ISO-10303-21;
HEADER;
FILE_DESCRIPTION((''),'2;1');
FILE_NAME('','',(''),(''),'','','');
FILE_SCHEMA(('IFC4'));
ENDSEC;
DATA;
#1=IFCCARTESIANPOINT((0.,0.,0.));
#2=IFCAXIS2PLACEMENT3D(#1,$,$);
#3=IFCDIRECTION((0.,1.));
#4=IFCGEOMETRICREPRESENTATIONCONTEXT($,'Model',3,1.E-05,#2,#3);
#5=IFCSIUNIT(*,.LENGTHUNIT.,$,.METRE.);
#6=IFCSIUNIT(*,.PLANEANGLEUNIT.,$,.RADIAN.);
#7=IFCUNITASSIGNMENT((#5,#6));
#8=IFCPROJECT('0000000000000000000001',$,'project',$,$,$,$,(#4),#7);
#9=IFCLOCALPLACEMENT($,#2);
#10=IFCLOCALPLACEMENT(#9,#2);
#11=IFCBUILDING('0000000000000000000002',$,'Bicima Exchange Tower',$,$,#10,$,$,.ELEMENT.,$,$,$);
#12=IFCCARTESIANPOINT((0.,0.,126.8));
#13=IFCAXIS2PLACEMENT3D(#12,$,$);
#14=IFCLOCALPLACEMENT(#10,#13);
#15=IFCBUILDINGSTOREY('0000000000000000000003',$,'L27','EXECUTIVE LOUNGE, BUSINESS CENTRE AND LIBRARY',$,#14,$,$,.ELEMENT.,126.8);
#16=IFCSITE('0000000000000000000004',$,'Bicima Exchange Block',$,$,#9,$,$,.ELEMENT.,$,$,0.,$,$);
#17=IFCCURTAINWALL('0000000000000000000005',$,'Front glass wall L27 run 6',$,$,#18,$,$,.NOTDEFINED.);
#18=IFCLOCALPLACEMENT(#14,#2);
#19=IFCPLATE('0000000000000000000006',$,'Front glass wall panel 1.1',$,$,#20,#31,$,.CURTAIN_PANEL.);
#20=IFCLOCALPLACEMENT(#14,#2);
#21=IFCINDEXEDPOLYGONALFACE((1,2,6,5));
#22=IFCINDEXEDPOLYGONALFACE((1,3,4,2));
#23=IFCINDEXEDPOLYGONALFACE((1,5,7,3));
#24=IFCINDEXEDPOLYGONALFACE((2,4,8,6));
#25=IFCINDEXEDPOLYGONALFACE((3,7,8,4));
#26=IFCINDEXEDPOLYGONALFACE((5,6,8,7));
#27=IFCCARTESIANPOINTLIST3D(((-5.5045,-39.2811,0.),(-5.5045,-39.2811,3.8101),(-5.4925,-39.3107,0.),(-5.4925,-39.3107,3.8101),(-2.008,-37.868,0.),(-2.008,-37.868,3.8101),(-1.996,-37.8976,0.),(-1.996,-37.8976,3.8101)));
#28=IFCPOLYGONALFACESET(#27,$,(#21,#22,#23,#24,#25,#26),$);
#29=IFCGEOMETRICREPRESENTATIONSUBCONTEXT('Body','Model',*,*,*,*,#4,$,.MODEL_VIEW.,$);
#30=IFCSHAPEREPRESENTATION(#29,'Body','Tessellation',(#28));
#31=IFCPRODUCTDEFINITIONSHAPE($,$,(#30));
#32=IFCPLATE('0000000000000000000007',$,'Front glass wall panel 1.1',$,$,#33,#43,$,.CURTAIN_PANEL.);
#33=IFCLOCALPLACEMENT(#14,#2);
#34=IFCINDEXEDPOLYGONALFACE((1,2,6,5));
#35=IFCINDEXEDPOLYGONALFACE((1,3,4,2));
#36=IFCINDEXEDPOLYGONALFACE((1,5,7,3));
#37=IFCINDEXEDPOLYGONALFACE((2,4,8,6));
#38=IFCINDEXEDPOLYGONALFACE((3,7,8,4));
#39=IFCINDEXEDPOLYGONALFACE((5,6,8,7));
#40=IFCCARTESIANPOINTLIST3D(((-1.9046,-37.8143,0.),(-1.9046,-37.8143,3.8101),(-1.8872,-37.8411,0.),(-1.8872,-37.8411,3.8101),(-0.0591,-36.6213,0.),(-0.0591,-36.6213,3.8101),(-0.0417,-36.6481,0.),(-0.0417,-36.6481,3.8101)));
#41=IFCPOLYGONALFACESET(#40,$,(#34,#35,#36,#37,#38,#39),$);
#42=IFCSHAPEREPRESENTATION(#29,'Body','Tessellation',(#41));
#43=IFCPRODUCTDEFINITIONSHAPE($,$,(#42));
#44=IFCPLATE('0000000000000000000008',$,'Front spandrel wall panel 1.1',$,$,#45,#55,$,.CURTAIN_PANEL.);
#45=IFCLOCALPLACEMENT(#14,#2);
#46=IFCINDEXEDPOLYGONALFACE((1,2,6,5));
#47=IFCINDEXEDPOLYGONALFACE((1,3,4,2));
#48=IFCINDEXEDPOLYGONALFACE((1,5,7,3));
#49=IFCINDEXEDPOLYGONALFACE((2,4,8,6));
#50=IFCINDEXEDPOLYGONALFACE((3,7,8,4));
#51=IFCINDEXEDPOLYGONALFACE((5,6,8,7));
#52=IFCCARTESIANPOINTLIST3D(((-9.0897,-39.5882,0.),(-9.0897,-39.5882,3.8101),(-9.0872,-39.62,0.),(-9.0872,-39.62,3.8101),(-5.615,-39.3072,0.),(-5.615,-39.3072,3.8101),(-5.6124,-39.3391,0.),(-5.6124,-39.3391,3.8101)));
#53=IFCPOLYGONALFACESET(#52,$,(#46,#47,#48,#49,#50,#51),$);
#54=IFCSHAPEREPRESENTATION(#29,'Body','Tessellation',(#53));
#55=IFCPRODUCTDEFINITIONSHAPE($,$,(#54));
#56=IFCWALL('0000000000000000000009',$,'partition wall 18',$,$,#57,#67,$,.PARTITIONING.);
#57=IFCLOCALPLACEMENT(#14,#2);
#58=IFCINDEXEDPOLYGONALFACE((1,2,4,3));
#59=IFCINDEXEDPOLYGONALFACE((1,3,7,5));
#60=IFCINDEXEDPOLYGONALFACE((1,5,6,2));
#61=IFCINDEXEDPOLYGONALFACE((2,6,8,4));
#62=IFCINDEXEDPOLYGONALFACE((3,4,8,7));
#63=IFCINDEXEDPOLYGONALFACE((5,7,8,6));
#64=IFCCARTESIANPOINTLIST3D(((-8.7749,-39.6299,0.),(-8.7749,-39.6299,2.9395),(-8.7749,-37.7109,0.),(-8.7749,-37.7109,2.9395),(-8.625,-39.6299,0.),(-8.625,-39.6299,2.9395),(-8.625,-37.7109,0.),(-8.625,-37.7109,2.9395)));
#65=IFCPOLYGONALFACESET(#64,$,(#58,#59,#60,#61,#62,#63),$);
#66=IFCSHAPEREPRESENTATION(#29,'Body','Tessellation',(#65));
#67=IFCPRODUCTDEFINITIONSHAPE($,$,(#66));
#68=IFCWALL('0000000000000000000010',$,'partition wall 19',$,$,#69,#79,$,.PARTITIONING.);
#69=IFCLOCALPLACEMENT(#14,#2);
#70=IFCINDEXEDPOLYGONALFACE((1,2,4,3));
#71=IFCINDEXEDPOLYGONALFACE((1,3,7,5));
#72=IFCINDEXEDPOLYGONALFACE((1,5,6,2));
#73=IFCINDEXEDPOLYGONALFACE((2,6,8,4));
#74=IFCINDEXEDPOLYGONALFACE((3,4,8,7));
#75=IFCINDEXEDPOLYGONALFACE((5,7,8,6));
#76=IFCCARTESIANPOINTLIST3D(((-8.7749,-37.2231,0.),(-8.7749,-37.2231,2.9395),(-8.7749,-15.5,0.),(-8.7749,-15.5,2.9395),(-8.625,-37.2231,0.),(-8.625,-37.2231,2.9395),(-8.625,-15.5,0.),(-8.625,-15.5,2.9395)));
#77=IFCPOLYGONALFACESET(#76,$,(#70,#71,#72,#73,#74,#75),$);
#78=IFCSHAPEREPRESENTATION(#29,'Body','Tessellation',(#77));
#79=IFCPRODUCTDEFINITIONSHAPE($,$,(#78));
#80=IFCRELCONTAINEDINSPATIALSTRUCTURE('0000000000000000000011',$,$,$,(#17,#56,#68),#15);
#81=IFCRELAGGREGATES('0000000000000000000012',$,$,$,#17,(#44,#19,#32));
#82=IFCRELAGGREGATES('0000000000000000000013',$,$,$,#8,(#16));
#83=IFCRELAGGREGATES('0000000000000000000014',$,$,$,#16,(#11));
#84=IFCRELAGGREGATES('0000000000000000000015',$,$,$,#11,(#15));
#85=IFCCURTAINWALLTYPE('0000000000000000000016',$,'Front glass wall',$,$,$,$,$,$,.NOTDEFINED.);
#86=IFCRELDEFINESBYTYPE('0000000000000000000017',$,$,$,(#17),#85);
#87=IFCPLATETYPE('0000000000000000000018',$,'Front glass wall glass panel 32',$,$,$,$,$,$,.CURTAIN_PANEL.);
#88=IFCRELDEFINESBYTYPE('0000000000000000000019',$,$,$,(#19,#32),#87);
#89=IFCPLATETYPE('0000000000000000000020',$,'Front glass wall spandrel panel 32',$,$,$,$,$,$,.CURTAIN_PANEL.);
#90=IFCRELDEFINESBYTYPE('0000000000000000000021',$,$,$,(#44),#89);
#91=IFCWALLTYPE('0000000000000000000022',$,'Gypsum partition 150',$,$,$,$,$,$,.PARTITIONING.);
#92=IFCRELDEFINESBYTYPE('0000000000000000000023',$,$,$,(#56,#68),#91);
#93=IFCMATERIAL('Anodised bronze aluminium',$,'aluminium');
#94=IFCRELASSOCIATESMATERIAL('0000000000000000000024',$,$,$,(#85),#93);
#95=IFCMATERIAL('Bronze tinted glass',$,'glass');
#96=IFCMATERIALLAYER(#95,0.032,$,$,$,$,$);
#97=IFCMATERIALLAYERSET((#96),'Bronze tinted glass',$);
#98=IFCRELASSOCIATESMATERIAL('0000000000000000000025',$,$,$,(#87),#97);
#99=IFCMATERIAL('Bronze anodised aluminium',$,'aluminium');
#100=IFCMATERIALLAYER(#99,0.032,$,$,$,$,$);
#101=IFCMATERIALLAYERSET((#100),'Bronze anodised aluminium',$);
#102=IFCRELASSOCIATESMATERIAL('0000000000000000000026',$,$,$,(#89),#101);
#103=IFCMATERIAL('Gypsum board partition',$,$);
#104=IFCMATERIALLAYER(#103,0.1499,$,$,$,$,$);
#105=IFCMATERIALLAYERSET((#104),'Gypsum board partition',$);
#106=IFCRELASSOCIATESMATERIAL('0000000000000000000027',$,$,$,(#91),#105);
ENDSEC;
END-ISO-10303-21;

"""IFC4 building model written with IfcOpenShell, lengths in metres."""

from ifc_helpers import new_model, si_unit, direction, frame, frame_2d, origin, origin_2d, place, context, subcontext, project, spatial, rectangle, extrude, material, layer, layer_set, type_object, element, aggregate, save


model = new_model("IFC4")

# Units and contexts
model_context = context("Model", 3, precision=1e-05, world=origin(), true_north=direction((0.0, 1.0)))
body_context = subcontext(model_context, "Body", "Model", "MODEL_VIEW")
ifc_project = project(units=[si_unit("LENGTHUNIT", "METRE"), si_unit("PLANEANGLEUNIT", "RADIAN")], contexts=[model_context])

# Site, building, storey
site_placement = place(None, origin())
site = spatial("IfcSite", under=ifc_project, at=site_placement, Name="Bicima Exchange Block", CompositionType="ELEMENT", RefElevation=0.0)
building_placement = place(site_placement, origin())
building = spatial("IfcBuilding", under=site, at=building_placement, Name="Bicima Exchange Tower", CompositionType="ELEMENT")
storey_placement = place(building_placement, frame((0.0, 0.0, 126.8)))
storey = spatial("IfcBuildingStorey", under=building, at=storey_placement, Name="L27", Description="EXECUTIVE LOUNGE, BUSINESS CENTRE AND LIBRARY", CompositionType="ELEMENT", Elevation=126.8)

# Curtain wall
ifc_material_1 = material(Name="Anodised bronze aluminium", Category="aluminium")
curtain_wall_type = type_object("IfcCurtainWallType", Name="Front glass wall", PredefinedType="NOTDEFINED", material=ifc_material_1)
curtain_wall_placement = place(storey_placement, origin())
curtain_wall = element("IfcCurtainWall", 1, at=curtain_wall_placement, inside=storey, type_object=curtain_wall_type, Name="Front glass wall L27 run 6", PredefinedType="NOTDEFINED")

# Plates
ifc_material_2 = material(Name="Bronze tinted glass", Category="glass")
ifc_layer_1 = layer(ifc_material_2, 0.032)
ifc_layer_set_1 = layer_set([ifc_layer_1], Name="Bronze tinted glass")
plate_type_1 = type_object("IfcPlateType", Name="Front glass wall glass panel 32", PredefinedType="CURTAIN_PANEL", material=ifc_layer_set_1)
plate_1_placement = place(storey_placement, frame((-3.7502, -38.5894, 0.0), z_axis=(0.0, 0.0, 1.0), x_axis=(0.927144, 0.374705, 0.0)))
plate_1 = element("IfcPlate", 2, at=plate_1_placement, type_object=plate_type_1, Name="Front glass wall panel 1.1", PredefinedType="CURTAIN_PANEL", context=body_context, shape_type="SweptSolid", body=[
    extrude(rectangle(XDim=3.7712, YDim=0.032, at=origin_2d()), origin(), (0.0, 0.0, 1.0), 3.8101),
])
plate_2_placement = place(storey_placement, frame((-0.9731, -37.2312, 0.0), z_axis=(0.0, 0.0, 1.0), x_axis=(0.839799, 0.542897, 0.0)))
plate_2 = element("IfcPlate", 3, at=plate_2_placement, type_object=plate_type_1, Name="Front glass wall panel 1.1", PredefinedType="CURTAIN_PANEL", context=body_context, shape_type="SweptSolid", body=[
    extrude(rectangle(XDim=2.1975, YDim=0.032, at=origin_2d()), origin(), (0.0, 0.0, 1.0), 3.8101),
])
ifc_material_3 = material(Name="Bronze anodised aluminium", Category="aluminium")
ifc_layer_2 = layer(ifc_material_3, 0.032)
ifc_layer_set_2 = layer_set([ifc_layer_2], Name="Bronze anodised aluminium")
plate_type_2 = type_object("IfcPlateType", Name="Front glass wall spandrel panel 32", PredefinedType="CURTAIN_PANEL", material=ifc_layer_set_2)
plate_3_placement = place(storey_placement, frame((-7.3511, -39.4636, 0.0), z_axis=(0.0, 0.0, 1.0), x_axis=(0.996747, 0.080589, 0.0)))
plate_3 = element("IfcPlate", 4, at=plate_3_placement, type_object=plate_type_2, Name="Front spandrel wall panel 1.1", PredefinedType="CURTAIN_PANEL", context=body_context, shape_type="SweptSolid", body=[
    extrude(rectangle(XDim=3.4861, YDim=0.032, at=origin_2d()), origin(), (0.0, 0.0, 1.0), 3.8101),
])
aggregate(curtain_wall, [plate_3, plate_1, plate_2])

# Walls
ifc_material_4 = material(Name="Gypsum board partition")
ifc_layer_3 = layer(ifc_material_4, 0.1499)
ifc_layer_set_3 = layer_set([ifc_layer_3], Name="Gypsum board partition")
wall_type = type_object("IfcWallType", Name="Gypsum partition 150", PredefinedType="PARTITIONING", material=ifc_layer_set_3)
wall_1_placement = place(storey_placement, frame((-8.7, -39.6299, 0.0), z_axis=(0.0, 0.0, 1.0), x_axis=(0.0, 1.0, 0.0)))
element("IfcWall", 5, at=wall_1_placement, inside=storey, type_object=wall_type, Name="partition wall 18", PredefinedType="PARTITIONING", context=body_context, shape_type="SweptSolid", body=[
    extrude(rectangle(XDim=1.9189, YDim=0.1499, at=frame_2d((0.9595, 0.0))), origin(), (0.0, 0.0, 1.0), 2.9395),
])
wall_2_placement = place(storey_placement, frame((-8.7, -37.2231, 0.0), z_axis=(0.0, 0.0, 1.0), x_axis=(0.0, 1.0, 0.0)))
element("IfcWall", 6, at=wall_2_placement, inside=storey, type_object=wall_type, Name="partition wall 19", PredefinedType="PARTITIONING", context=body_context, shape_type="SweptSolid", body=[
    extrude(rectangle(XDim=21.7231, YDim=0.1499, at=frame_2d((10.8616, 0.0))), origin(), (0.0, 0.0, 1.0), 2.9395),
])

save(model, "model.ifc")
